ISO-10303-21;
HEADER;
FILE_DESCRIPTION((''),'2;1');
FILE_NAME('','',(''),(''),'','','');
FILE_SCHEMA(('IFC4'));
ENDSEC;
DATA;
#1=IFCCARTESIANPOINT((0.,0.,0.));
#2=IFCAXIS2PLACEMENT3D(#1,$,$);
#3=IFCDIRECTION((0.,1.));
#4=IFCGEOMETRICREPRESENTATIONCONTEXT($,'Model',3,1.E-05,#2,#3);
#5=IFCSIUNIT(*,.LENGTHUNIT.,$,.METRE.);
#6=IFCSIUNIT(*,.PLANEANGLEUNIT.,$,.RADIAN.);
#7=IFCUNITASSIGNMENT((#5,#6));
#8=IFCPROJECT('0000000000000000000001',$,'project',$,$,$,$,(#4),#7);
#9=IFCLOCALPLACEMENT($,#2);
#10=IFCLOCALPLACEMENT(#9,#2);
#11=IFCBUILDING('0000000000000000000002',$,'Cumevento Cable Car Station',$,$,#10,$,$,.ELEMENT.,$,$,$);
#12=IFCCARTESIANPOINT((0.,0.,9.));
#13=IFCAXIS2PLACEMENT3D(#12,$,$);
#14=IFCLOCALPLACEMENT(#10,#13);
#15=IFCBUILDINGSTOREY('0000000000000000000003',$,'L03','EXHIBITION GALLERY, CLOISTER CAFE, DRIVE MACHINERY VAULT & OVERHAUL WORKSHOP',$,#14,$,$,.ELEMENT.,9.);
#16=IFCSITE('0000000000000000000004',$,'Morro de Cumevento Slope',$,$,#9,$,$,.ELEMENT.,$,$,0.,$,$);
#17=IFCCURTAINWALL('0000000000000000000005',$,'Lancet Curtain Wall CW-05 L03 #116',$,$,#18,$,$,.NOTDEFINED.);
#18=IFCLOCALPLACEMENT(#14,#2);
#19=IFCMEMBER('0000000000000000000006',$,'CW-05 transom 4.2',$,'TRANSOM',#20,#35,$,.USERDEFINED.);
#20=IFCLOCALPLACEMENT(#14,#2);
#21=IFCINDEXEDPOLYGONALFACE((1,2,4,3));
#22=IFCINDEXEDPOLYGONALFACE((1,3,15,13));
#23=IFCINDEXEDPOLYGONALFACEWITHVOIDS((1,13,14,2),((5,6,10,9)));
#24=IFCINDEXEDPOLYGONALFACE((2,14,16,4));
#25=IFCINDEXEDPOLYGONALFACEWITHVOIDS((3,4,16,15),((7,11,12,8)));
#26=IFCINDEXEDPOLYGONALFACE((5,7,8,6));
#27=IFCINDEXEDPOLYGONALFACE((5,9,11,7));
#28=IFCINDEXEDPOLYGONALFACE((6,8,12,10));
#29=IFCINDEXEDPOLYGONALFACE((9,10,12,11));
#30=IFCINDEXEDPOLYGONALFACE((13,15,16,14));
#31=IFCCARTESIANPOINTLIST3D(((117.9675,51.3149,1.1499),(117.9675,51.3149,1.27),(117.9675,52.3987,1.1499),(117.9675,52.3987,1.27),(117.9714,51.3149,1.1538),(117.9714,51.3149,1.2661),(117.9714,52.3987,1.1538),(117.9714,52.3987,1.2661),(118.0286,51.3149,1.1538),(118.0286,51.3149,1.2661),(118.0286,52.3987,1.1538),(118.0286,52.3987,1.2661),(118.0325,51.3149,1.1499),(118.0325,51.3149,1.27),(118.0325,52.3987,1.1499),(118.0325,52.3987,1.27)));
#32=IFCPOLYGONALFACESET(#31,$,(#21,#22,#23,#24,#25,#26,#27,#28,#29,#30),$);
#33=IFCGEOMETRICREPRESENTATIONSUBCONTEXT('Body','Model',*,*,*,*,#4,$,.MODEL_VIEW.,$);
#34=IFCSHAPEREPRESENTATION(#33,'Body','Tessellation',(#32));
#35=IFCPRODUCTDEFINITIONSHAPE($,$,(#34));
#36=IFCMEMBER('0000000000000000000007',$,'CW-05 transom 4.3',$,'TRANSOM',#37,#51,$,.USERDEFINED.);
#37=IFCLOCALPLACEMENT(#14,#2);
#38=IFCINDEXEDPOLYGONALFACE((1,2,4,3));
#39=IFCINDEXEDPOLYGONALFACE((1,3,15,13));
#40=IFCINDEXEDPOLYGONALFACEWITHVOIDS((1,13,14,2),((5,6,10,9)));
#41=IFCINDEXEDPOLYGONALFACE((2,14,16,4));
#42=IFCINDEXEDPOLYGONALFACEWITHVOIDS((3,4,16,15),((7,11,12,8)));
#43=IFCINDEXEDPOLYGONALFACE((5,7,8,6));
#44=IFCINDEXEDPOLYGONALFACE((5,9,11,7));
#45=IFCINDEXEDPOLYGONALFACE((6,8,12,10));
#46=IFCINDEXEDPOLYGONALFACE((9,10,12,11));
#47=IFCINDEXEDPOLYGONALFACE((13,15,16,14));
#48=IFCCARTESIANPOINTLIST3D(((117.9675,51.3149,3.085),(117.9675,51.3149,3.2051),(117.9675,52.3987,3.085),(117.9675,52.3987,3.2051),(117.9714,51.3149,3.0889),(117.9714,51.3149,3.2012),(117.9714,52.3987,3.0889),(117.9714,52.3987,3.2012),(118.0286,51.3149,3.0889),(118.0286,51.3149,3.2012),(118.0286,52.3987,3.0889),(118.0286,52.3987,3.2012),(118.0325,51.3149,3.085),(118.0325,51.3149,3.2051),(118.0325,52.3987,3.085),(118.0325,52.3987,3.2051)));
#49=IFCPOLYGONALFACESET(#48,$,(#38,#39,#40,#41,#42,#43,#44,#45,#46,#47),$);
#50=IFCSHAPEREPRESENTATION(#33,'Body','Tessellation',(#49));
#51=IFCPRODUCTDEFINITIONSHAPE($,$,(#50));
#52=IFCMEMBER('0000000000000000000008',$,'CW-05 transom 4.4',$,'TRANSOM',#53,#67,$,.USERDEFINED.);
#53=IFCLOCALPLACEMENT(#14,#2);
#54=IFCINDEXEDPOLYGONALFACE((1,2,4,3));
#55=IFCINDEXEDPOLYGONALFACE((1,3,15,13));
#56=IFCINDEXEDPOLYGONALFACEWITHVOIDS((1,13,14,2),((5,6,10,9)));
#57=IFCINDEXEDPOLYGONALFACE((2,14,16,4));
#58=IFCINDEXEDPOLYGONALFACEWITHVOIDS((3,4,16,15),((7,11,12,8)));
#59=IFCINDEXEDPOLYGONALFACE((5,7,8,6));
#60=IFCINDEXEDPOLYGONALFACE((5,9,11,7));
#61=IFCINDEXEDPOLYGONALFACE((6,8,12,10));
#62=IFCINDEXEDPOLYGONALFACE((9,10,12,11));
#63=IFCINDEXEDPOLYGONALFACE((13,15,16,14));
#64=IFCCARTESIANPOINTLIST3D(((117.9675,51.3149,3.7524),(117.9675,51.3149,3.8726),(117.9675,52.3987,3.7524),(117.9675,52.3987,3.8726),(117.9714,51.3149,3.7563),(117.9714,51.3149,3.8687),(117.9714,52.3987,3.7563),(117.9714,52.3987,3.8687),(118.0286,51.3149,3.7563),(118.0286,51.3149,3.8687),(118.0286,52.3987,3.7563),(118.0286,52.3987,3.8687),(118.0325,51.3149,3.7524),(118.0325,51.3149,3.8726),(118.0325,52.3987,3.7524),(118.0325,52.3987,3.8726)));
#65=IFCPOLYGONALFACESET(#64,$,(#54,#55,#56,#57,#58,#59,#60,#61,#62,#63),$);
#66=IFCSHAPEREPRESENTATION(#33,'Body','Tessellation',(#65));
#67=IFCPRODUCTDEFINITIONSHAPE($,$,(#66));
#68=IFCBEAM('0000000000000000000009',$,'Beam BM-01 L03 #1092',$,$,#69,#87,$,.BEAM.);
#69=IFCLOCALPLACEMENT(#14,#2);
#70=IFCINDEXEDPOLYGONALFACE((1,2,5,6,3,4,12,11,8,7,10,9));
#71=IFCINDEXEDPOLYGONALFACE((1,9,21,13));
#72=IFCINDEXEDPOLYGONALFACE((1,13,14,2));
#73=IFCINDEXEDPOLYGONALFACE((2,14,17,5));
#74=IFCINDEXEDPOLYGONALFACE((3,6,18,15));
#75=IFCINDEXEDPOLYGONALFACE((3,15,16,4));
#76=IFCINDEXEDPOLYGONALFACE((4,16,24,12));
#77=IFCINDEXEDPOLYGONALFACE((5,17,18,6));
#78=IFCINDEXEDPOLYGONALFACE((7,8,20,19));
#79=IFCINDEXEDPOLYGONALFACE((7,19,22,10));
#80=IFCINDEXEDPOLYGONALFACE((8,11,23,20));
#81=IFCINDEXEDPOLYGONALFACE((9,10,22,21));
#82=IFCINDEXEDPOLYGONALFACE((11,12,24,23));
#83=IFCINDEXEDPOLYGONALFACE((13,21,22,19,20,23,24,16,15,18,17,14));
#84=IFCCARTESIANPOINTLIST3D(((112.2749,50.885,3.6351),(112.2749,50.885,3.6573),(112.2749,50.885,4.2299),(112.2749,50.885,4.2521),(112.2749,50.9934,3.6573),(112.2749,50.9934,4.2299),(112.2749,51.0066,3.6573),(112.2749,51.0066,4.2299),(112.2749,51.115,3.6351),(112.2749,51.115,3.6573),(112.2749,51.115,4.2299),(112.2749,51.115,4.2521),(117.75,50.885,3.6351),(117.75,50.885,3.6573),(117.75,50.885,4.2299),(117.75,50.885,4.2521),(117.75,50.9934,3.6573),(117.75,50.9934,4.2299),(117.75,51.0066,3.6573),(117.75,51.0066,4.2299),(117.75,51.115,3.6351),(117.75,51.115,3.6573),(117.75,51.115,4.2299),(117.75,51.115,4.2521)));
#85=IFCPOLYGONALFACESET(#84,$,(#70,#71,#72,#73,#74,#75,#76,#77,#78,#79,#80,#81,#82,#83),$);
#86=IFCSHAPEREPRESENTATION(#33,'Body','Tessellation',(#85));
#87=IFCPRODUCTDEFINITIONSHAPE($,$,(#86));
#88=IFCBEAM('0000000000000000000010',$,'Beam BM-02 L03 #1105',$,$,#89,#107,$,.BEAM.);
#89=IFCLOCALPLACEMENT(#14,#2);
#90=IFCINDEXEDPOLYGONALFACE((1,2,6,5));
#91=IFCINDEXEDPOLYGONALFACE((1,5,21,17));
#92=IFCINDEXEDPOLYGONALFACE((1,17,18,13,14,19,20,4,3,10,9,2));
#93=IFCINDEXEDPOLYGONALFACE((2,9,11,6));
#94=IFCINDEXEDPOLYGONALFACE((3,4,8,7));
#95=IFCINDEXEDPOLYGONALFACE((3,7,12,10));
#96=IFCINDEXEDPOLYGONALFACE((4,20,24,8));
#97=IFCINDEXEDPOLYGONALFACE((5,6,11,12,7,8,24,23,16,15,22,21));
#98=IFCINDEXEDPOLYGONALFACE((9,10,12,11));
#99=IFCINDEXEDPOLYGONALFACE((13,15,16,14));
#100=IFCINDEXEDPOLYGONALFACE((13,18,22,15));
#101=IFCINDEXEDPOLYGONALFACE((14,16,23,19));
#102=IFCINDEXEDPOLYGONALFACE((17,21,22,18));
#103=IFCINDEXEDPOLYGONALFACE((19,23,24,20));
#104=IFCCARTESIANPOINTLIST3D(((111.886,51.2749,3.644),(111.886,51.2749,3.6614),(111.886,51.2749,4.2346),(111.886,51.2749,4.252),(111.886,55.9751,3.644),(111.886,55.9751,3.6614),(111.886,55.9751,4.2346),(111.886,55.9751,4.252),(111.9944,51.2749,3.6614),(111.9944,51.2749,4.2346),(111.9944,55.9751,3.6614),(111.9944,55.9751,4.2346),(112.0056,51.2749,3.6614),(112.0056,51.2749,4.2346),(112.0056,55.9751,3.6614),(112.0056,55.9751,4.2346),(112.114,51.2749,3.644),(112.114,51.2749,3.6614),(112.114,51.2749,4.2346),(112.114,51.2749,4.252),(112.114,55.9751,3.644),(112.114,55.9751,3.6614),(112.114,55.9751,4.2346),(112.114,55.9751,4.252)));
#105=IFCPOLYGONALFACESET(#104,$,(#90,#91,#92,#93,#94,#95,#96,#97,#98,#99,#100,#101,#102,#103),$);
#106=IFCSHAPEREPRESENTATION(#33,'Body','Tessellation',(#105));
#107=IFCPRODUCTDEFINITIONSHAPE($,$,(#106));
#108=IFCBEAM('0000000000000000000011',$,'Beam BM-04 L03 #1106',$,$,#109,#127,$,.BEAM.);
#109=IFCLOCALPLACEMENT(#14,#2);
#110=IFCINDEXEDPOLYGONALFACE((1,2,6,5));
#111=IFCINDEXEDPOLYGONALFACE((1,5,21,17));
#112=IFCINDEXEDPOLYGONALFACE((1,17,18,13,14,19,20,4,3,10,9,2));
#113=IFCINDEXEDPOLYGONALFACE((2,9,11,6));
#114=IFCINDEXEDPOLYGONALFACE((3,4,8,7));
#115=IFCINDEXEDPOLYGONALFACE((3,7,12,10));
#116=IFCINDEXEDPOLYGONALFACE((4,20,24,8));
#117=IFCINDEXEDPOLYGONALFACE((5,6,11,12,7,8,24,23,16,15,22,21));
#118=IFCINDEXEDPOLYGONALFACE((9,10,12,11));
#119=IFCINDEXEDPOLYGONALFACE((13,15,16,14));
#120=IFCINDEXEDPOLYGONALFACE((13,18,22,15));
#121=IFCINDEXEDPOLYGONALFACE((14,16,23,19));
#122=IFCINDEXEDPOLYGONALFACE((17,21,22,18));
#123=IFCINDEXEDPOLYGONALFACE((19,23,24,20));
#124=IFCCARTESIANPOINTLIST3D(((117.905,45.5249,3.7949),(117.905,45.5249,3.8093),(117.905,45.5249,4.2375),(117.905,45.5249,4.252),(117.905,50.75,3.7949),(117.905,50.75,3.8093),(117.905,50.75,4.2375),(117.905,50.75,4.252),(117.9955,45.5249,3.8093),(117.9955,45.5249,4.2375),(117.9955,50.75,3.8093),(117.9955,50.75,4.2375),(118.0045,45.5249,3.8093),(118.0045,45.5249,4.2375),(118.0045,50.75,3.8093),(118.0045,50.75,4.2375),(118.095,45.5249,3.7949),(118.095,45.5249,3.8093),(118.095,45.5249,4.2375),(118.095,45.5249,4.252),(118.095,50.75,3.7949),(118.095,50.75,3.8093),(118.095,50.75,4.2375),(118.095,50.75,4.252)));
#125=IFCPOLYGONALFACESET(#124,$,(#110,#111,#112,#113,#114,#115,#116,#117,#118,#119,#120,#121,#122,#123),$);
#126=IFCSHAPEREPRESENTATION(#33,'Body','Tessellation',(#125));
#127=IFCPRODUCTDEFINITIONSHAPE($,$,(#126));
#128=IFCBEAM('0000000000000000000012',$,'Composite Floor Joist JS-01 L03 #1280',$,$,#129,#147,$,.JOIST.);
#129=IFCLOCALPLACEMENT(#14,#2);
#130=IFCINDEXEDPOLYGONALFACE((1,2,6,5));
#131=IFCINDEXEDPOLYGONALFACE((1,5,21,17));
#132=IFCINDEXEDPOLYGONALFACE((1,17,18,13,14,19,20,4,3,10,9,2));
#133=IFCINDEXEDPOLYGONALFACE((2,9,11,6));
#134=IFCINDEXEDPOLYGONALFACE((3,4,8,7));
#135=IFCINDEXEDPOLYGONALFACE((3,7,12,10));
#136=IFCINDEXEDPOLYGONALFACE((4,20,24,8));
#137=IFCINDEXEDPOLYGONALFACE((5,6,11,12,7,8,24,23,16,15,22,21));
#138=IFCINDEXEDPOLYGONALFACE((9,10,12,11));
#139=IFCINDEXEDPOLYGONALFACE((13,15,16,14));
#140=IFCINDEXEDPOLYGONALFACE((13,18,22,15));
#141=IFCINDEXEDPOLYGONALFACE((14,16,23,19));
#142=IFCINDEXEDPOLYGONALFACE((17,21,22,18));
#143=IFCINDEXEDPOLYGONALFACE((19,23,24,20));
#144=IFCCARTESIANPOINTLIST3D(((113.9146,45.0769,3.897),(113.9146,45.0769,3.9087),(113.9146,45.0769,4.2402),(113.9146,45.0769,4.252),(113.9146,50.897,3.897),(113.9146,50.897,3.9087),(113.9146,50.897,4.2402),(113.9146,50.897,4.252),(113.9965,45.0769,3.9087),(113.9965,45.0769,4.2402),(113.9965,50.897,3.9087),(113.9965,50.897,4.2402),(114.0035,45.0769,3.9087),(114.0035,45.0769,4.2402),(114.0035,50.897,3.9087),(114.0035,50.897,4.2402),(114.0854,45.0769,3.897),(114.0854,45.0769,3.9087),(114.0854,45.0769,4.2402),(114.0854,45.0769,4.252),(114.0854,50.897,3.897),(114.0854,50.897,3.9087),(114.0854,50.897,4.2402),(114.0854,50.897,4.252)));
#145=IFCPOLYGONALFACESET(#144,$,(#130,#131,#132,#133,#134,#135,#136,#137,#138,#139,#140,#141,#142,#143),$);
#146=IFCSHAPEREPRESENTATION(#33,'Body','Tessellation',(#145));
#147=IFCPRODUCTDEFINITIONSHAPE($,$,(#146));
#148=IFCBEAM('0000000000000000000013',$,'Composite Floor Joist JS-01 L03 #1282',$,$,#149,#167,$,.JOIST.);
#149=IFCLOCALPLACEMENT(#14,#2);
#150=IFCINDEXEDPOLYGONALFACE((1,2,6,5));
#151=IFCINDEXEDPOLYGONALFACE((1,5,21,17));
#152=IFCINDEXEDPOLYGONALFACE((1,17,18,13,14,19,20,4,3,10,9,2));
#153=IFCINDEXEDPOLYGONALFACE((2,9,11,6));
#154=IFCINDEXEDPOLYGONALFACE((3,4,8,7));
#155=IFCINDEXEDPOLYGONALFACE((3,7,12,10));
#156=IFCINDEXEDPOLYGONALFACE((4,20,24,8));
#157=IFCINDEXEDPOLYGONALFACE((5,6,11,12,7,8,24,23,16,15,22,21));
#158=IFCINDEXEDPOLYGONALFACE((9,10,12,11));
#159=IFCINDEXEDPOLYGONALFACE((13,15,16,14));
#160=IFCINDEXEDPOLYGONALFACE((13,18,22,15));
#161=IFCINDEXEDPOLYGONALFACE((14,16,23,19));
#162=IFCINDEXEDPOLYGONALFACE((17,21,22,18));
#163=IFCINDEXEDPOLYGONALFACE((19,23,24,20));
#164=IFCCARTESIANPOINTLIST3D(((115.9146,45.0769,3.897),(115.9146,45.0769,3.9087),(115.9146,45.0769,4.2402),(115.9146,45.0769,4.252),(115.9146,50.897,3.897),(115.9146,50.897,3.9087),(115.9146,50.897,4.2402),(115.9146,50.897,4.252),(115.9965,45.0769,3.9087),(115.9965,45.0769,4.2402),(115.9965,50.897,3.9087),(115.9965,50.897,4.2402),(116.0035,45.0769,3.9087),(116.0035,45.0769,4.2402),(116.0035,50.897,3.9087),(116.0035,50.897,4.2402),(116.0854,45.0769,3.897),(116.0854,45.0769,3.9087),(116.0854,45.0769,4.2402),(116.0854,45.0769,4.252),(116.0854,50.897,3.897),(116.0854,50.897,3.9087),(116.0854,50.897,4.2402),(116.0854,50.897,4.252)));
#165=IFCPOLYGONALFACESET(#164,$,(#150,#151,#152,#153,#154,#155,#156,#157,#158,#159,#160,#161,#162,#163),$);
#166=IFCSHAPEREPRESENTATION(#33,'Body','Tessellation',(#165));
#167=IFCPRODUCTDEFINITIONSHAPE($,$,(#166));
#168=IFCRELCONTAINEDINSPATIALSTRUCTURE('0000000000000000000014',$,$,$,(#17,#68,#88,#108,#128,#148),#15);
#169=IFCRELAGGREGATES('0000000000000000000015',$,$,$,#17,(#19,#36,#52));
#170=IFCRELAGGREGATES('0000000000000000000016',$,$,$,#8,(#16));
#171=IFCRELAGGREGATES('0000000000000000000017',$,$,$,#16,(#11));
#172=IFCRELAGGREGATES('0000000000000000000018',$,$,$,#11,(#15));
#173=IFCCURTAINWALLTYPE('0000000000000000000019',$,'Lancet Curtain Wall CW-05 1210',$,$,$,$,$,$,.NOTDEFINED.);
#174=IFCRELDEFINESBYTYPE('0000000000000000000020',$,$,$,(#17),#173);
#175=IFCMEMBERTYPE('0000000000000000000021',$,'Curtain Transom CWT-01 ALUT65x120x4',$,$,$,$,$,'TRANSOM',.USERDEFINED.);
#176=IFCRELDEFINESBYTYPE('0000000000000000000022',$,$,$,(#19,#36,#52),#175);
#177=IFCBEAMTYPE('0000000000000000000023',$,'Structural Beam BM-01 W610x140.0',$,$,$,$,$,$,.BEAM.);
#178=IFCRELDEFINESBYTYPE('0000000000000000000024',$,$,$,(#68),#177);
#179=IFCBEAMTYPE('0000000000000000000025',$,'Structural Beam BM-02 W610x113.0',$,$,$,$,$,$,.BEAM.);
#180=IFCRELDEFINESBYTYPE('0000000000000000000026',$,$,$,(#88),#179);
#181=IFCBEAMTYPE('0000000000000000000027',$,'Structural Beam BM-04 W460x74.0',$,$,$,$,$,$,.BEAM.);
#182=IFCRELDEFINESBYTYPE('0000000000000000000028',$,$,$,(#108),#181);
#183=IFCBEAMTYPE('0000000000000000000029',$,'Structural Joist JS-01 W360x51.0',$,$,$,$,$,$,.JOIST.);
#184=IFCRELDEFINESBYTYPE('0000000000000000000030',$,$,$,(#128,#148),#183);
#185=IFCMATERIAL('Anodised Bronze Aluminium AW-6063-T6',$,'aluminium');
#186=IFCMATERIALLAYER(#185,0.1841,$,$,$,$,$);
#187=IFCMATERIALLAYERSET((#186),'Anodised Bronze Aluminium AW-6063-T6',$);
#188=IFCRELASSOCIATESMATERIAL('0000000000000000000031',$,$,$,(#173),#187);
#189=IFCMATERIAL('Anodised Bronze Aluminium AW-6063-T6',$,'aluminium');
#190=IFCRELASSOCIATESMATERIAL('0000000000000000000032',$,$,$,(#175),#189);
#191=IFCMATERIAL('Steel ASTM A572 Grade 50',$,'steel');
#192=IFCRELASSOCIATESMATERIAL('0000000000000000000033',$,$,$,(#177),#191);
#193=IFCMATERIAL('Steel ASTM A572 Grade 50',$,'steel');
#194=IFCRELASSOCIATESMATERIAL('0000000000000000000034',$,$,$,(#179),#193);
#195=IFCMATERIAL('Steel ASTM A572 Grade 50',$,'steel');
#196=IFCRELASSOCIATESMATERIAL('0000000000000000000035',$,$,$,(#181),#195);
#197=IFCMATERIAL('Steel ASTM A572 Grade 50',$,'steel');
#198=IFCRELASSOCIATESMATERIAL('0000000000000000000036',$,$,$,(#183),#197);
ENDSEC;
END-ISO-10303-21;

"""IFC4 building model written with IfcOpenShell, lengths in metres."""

from ifc_helpers import new_model, si_unit, direction, frame, origin, origin_2d, place, context, subcontext, project, spatial, hollow_rectangle, i_section, extrude, material, layer, layer_set, material_profile, profile_set, type_object, element, aggregate, save


model = new_model("IFC4")

# Units and contexts
model_context = context("Model", 3, precision=1e-05, world=origin(), true_north=direction((0.0, 1.0)))
body_context = subcontext(model_context, "Body", "Model", "MODEL_VIEW")
ifc_project = project(units=[si_unit("LENGTHUNIT", "METRE"), si_unit("PLANEANGLEUNIT", "RADIAN")], contexts=[model_context])

# Site, building, storey
site_placement = place(None, origin())
site = spatial("IfcSite", under=ifc_project, at=site_placement, Name="Morro de Cumevento Slope", CompositionType="ELEMENT", RefElevation=0.0)
building_placement = place(site_placement, origin())
building = spatial("IfcBuilding", under=site, at=building_placement, Name="Cumevento Cable Car Station", CompositionType="ELEMENT")
storey_placement = place(building_placement, frame((0.0, 0.0, 9.0)))
storey = spatial("IfcBuildingStorey", under=building, at=storey_placement, Name="L03", Description="EXHIBITION GALLERY, CLOISTER CAFE, DRIVE MACHINERY VAULT & OVERHAUL WORKSHOP", CompositionType="ELEMENT", Elevation=9.0)

# Curtain wall
ifc_material_1 = material(Name="Anodised Bronze Aluminium AW-6063-T6", Category="aluminium")
ifc_layer_1 = layer(ifc_material_1, 0.1841)
ifc_layer_set_1 = layer_set([ifc_layer_1], Name="Anodised Bronze Aluminium AW-6063-T6")
curtain_wall_type_1 = type_object("IfcCurtainWallType", Name="Lancet Curtain Wall CW-05 1210", PredefinedType="NOTDEFINED", material=ifc_layer_set_1)
curtain_wall_1_placement = place(storey_placement, origin())
curtain_wall_1 = element("IfcCurtainWall", 1, at=curtain_wall_1_placement, inside=storey, type_object=curtain_wall_type_1, Name="Lancet Curtain Wall CW-05 L03 #116", PredefinedType="NOTDEFINED")

# Members
ifc_material_2 = material(Name="Anodised Bronze Aluminium AW-6063-T6", Category="aluminium")
ifc_material_profile_1 = material_profile(ifc_material_2, hollow_rectangle(XDim=0.0649, YDim=0.1201, WallThickness=0.0039, at=origin_2d()), Name="ALUT65x120x4")
ifc_profile_set_1 = profile_set([ifc_material_profile_1], Name="Anodised Bronze Aluminium AW-6063-T6")
member_type_1 = type_object("IfcMemberType", Name="Curtain Transom CWT-01 ALUT65x120x4", ElementType="TRANSOM", PredefinedType="USERDEFINED", material=ifc_profile_set_1)
member_1_placement = place(storey_placement, frame((118.0, 52.3987, 1.21), z_axis=(0.0, -1.0, 0.0), x_axis=(1.0, 0.0, 0.0)))
member_1 = element("IfcMember", 2, at=member_1_placement, type_object=member_type_1, Name="CW-05 transom 4.2", ObjectType="TRANSOM", PredefinedType="USERDEFINED", context=body_context, shape_type="SweptSolid", body=[
    extrude(hollow_rectangle(XDim=0.0649, YDim=0.1201, WallThickness=0.0039, at=origin_2d()), origin(), (0.0, 0.0, 1.0), 1.0837),
])
member_2_placement = place(storey_placement, frame((118.0, 52.3987, 3.145), z_axis=(0.0, -1.0, 0.0), x_axis=(1.0, 0.0, 0.0)))
member_2 = element("IfcMember", 3, at=member_2_placement, type_object=member_type_1, Name="CW-05 transom 4.3", ObjectType="TRANSOM", PredefinedType="USERDEFINED", context=body_context, shape_type="SweptSolid", body=[
    extrude(hollow_rectangle(XDim=0.0649, YDim=0.1201, WallThickness=0.0039, at=origin_2d()), origin(), (0.0, 0.0, 1.0), 1.0837),
])
member_3_placement = place(storey_placement, frame((118.0, 52.3987, 3.8125), z_axis=(0.0, -1.0, 0.0), x_axis=(1.0, 0.0, 0.0)))
member_3 = element("IfcMember", 4, at=member_3_placement, type_object=member_type_1, Name="CW-05 transom 4.4", ObjectType="TRANSOM", PredefinedType="USERDEFINED", context=body_context, shape_type="SweptSolid", body=[
    extrude(hollow_rectangle(XDim=0.0649, YDim=0.1201, WallThickness=0.0039, at=origin_2d()), origin(), (0.0, 0.0, 1.0), 1.0837),
])

# Beams
ifc_material_3 = material(Name="Steel ASTM A572 Grade 50", Category="steel")
ifc_material_profile_2 = material_profile(ifc_material_3, i_section(OverallWidth=0.23, OverallDepth=0.6169, WebThickness=0.0132, FlangeThickness=0.0222, at=origin_2d()), Name="W610x140.0")
ifc_profile_set_2 = profile_set([ifc_material_profile_2], Name="Steel ASTM A572 Grade 50")
beam_type_1 = type_object("IfcBeamType", Name="Structural Beam BM-01 W610x140.0", PredefinedType="BEAM", material=ifc_profile_set_2)
beam_1_placement = place(storey_placement, frame((112.2749, 51.0, 3.9436), z_axis=(1.0, 0.0, 0.0), x_axis=(0.0, 1.0, 0.0)))
element("IfcBeam", 5, at=beam_1_placement, inside=storey, type_object=beam_type_1, Name="Beam BM-01 L03 #1092", PredefinedType="BEAM", context=body_context, shape_type="SweptSolid", body=[
    extrude(i_section(OverallWidth=0.23, OverallDepth=0.6169, WebThickness=0.0132, FlangeThickness=0.0222, at=origin_2d()), origin(), (0.0, 0.0, 1.0), 5.4751),
])
ifc_material_4 = material(Name="Steel ASTM A572 Grade 50", Category="steel")
ifc_material_profile_3 = material_profile(ifc_material_4, i_section(OverallWidth=0.228, OverallDepth=0.6079, WebThickness=0.0112, FlangeThickness=0.0173, at=origin_2d()), Name="W610x113.0")
ifc_profile_set_3 = profile_set([ifc_material_profile_3], Name="Steel ASTM A572 Grade 50")
beam_type_2 = type_object("IfcBeamType", Name="Structural Beam BM-02 W610x113.0", PredefinedType="BEAM", material=ifc_profile_set_3)
beam_2_placement = place(storey_placement, frame((112.0, 51.2749, 3.948), z_axis=(0.0, 1.0, 0.0), x_axis=(-1.0, 0.0, 0.0)))
element("IfcBeam", 6, at=beam_2_placement, inside=storey, type_object=beam_type_2, Name="Beam BM-02 L03 #1105", PredefinedType="BEAM", context=body_context, shape_type="SweptSolid", body=[
    extrude(i_section(OverallWidth=0.228, OverallDepth=0.6079, WebThickness=0.0112, FlangeThickness=0.0173, at=origin_2d()), origin(), (0.0, 0.0, 1.0), 4.7002),
])
ifc_material_5 = material(Name="Steel ASTM A572 Grade 50", Category="steel")
ifc_material_profile_4 = material_profile(ifc_material_5, i_section(OverallWidth=0.1899, OverallDepth=0.457, WebThickness=0.009, FlangeThickness=0.0144, at=origin_2d()), Name="W460x74.0")
ifc_profile_set_4 = profile_set([ifc_material_profile_4], Name="Steel ASTM A572 Grade 50")
beam_type_3 = type_object("IfcBeamType", Name="Structural Beam BM-04 W460x74.0", PredefinedType="BEAM", material=ifc_profile_set_4)
beam_3_placement = place(storey_placement, frame((118.0, 45.5249, 4.0234), z_axis=(0.0, 1.0, 0.0), x_axis=(-1.0, 0.0, 0.0)))
element("IfcBeam", 7, at=beam_3_placement, inside=storey, type_object=beam_type_3, Name="Beam BM-04 L03 #1106", PredefinedType="BEAM", context=body_context, shape_type="SweptSolid", body=[
    extrude(i_section(OverallWidth=0.1899, OverallDepth=0.457, WebThickness=0.009, FlangeThickness=0.0144, at=origin_2d()), origin(), (0.0, 0.0, 1.0), 5.2251),
])
ifc_material_6 = material(Name="Steel ASTM A572 Grade 50", Category="steel")
ifc_material_profile_5 = material_profile(ifc_material_6, i_section(OverallWidth=0.1709, OverallDepth=0.355, WebThickness=0.0071, FlangeThickness=0.0117, at=origin_2d()), Name="W360x51.0")
ifc_profile_set_5 = profile_set([ifc_material_profile_5], Name="Steel ASTM A572 Grade 50")
beam_type_4 = type_object("IfcBeamType", Name="Structural Joist JS-01 W360x51.0", PredefinedType="JOIST", material=ifc_profile_set_5)
for number, where, z_axis, x_axis, name in (
    (8, (114.0, 45.0769, 4.0745), (0.0, 1.0, 0.0), (-1.0, 0.0, 0.0), "Composite Floor Joist JS-01 L03 #1280"),
    (9, (116.0, 45.0769, 4.0745), (0.0, 1.0, 0.0), (-1.0, 0.0, 0.0), "Composite Floor Joist JS-01 L03 #1282"),
):
    element("IfcBeam", number, at=place(storey_placement, frame(where, z_axis=z_axis, x_axis=x_axis)), inside=storey, type_object=beam_type_4, Name=name, PredefinedType="JOIST", context=body_context, shape_type="SweptSolid", body=[
        extrude(i_section(OverallWidth=0.1709, OverallDepth=0.355, WebThickness=0.0071, FlangeThickness=0.0117, at=origin_2d()), origin(), (0.0, 0.0, 1.0), 5.8201),
    ])

aggregate(curtain_wall_1, [member_1, member_2, member_3])

save(model, "model.ifc")
